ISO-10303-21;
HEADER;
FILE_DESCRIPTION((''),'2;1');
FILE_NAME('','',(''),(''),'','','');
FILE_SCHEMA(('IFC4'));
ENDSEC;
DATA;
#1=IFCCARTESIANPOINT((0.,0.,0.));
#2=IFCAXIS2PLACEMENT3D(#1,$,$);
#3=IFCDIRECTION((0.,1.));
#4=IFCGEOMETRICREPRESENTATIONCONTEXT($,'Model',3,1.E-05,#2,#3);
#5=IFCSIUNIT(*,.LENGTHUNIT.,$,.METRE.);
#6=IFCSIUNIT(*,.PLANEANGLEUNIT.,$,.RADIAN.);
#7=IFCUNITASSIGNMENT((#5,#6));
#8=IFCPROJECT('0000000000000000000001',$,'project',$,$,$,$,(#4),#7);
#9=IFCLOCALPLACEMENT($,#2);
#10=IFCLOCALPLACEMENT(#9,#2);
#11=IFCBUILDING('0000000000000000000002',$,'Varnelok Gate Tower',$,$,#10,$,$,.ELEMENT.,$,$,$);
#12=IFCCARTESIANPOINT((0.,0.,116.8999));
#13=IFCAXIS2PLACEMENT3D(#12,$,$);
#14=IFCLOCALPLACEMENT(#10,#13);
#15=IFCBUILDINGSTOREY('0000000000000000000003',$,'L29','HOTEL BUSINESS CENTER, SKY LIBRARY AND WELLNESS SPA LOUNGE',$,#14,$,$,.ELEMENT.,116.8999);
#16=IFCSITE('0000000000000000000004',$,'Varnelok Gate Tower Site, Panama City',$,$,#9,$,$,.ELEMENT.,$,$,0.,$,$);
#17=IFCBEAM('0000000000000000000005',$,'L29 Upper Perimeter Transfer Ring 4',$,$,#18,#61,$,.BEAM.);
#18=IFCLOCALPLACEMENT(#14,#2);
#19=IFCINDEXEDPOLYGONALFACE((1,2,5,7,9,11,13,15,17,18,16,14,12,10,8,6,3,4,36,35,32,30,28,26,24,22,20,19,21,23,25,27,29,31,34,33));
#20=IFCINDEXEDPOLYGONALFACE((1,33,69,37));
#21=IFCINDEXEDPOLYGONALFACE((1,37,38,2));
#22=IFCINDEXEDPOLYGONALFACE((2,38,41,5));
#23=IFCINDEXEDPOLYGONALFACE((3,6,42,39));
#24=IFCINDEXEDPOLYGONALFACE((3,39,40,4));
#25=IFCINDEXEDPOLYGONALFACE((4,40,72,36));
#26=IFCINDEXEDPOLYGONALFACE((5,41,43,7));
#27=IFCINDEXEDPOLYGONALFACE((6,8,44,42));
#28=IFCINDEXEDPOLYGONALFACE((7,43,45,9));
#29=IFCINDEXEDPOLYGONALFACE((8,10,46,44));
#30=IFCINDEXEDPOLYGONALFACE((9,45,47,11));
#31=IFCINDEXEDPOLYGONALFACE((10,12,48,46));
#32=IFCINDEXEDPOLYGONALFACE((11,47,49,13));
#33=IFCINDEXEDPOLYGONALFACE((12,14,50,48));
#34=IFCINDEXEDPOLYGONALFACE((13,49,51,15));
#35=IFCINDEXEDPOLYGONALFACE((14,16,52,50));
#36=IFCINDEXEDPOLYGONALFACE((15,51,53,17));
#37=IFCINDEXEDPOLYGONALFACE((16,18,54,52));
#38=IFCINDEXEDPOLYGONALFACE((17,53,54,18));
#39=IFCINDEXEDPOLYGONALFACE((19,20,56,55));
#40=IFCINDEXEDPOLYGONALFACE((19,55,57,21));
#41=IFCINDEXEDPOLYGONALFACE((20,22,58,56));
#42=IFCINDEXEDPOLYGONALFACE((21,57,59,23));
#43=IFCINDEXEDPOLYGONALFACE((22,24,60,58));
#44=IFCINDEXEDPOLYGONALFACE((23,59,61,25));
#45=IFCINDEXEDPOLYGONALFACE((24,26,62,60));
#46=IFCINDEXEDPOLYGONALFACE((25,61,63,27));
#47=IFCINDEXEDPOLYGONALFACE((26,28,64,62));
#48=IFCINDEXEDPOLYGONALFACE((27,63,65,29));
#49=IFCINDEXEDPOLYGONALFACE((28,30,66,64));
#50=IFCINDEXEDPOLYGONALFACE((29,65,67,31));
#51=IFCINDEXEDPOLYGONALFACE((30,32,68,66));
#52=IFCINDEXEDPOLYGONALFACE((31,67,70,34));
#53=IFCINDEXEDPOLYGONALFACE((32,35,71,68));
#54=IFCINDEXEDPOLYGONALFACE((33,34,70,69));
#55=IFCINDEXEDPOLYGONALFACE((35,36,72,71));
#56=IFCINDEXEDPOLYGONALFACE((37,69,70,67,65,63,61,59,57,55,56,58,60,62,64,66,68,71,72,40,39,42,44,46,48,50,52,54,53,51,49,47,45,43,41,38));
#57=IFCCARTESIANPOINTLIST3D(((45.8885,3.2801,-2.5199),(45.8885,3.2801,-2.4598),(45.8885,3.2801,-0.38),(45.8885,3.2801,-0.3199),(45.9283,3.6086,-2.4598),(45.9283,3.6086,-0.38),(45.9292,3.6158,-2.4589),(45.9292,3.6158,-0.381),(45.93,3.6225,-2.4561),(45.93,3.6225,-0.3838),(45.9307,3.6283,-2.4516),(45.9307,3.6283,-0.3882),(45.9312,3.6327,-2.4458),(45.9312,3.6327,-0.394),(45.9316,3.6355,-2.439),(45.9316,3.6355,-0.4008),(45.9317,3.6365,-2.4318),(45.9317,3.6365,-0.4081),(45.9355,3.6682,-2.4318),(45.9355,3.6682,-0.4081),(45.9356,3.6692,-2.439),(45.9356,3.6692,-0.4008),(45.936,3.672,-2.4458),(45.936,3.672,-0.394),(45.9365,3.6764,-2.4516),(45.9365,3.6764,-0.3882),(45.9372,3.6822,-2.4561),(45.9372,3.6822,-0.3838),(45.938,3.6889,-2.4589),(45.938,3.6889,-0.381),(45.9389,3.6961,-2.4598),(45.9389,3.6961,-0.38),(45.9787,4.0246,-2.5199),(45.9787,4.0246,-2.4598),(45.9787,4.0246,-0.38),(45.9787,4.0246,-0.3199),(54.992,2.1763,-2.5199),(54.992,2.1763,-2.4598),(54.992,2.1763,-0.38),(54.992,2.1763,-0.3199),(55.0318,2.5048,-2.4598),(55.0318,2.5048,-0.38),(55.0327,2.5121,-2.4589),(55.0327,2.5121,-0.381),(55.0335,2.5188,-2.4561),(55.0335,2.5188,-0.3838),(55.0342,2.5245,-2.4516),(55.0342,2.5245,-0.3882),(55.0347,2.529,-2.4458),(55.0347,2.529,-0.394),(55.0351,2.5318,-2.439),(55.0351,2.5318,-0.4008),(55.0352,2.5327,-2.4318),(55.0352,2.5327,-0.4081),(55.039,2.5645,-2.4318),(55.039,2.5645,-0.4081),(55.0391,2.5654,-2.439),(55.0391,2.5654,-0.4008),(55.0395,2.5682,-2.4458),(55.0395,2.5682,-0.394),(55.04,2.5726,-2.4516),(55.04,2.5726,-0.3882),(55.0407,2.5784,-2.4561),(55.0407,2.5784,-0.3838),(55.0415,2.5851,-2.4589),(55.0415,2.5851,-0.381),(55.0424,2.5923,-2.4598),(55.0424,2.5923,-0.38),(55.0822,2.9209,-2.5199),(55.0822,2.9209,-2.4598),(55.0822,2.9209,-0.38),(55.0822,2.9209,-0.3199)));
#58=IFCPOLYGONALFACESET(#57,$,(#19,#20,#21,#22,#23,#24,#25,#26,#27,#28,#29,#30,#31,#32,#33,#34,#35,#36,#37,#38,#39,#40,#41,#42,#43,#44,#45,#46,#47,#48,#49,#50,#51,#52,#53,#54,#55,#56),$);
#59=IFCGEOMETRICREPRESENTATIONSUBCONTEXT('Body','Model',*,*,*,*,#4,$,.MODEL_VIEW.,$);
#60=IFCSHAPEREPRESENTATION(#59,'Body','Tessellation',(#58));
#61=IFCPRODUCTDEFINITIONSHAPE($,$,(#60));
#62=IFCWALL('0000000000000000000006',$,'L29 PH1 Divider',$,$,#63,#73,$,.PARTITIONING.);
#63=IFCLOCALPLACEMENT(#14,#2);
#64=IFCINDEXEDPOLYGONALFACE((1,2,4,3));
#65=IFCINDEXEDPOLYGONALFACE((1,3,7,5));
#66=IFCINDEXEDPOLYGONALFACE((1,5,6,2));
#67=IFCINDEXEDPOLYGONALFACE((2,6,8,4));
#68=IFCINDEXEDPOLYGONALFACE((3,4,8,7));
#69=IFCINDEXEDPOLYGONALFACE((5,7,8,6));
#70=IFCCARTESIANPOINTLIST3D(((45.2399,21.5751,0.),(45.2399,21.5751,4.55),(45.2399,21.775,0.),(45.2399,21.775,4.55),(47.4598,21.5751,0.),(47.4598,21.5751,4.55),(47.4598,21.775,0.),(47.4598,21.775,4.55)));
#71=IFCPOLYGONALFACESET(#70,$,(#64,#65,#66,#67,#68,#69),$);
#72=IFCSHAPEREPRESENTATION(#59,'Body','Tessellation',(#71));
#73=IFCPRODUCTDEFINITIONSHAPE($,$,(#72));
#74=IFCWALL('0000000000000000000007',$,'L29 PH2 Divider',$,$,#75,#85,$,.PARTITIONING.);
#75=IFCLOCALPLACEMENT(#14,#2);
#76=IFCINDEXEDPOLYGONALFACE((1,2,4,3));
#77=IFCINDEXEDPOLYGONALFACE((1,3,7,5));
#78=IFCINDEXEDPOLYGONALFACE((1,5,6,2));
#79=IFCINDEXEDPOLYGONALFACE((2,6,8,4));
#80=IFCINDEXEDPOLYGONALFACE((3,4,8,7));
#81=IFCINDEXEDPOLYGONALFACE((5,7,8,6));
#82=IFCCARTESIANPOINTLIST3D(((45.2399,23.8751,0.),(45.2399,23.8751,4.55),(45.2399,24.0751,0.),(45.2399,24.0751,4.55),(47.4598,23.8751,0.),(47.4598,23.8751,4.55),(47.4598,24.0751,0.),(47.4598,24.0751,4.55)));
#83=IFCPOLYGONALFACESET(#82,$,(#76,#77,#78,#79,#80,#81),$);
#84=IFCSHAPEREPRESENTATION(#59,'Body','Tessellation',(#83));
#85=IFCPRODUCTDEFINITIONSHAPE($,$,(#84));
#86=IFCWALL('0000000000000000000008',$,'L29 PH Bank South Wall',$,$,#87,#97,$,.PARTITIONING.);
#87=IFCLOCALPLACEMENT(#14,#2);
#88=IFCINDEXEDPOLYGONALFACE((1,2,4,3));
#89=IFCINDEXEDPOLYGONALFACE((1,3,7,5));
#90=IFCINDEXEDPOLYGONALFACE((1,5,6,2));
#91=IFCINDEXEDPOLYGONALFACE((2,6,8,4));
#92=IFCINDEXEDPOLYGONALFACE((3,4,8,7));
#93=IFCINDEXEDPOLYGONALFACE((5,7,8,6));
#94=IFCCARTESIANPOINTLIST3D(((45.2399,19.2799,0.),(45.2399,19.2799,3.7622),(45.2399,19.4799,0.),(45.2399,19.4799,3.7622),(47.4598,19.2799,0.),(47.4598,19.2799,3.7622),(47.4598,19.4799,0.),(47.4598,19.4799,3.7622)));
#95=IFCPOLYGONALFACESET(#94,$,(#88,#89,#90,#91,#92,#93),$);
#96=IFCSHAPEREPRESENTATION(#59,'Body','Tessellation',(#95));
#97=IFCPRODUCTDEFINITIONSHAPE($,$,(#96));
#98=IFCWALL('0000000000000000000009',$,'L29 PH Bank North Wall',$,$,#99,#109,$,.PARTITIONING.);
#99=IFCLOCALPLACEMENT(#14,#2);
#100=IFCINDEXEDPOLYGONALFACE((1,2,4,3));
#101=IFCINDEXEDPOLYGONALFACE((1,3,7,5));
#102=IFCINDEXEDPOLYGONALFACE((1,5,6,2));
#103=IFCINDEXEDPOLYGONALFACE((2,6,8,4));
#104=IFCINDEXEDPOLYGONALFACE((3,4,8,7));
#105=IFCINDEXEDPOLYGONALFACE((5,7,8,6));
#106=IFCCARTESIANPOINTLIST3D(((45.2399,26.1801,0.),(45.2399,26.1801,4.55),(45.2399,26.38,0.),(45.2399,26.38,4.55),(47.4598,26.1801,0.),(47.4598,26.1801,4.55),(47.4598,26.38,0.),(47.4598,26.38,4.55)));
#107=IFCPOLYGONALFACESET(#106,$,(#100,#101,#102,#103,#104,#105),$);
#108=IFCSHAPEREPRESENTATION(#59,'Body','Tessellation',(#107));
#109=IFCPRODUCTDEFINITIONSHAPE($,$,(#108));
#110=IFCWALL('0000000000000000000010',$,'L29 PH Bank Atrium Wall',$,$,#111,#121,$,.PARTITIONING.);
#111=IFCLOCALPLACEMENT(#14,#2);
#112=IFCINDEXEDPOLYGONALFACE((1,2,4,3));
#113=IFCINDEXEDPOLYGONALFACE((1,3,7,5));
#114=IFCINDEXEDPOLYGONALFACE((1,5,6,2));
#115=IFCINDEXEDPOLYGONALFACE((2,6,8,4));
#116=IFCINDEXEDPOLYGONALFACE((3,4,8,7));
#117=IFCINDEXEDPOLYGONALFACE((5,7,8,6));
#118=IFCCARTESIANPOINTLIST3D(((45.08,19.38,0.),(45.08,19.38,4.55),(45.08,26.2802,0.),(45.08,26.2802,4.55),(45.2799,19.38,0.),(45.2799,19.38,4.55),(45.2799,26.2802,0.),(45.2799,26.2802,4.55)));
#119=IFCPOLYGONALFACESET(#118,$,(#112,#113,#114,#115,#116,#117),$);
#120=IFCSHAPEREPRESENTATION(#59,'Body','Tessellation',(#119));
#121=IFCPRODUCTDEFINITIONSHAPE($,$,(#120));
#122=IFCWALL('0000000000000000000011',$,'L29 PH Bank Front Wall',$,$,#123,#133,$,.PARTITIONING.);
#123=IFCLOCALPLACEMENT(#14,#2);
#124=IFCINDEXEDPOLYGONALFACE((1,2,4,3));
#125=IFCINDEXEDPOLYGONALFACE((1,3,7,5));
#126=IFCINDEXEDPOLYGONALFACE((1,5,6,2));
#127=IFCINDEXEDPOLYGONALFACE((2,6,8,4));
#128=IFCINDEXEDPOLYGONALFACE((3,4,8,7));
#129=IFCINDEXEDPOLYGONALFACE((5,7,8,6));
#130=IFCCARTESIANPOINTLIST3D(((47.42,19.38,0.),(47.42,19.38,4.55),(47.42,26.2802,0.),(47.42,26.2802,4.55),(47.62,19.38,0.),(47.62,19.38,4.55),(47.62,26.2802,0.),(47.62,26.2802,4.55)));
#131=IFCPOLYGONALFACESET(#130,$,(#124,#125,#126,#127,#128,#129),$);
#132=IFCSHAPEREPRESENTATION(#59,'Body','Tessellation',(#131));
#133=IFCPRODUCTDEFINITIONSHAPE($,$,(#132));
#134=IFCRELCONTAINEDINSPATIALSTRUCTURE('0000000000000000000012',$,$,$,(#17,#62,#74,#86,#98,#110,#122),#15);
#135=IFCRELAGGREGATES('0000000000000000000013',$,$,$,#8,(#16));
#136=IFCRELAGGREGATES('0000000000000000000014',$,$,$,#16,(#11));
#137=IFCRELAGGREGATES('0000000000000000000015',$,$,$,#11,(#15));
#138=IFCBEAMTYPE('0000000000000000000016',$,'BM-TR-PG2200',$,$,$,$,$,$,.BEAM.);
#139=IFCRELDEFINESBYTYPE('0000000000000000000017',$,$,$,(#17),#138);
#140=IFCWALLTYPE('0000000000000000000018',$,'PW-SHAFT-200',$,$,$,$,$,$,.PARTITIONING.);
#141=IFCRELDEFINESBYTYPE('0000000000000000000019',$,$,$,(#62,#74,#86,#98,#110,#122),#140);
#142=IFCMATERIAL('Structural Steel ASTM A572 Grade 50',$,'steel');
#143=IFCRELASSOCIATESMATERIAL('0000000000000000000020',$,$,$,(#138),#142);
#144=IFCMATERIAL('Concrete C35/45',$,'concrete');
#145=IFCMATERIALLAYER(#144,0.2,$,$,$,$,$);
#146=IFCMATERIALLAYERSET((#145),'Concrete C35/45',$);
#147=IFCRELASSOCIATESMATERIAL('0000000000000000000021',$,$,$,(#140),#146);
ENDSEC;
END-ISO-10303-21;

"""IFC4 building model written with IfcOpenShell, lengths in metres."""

from ifc_helpers import new_model, si_unit, direction, frame, frame_2d, origin, origin_2d, place, context, subcontext, project, spatial, rectangle, i_section, extrude, material, layer, layer_set, material_profile, profile_set, type_object, element, save


model = new_model("IFC4")

# Units and contexts
model_context = context("Model", 3, precision=1e-05, world=origin(), true_north=direction((0.0, 1.0)))
body_context = subcontext(model_context, "Body", "Model", "MODEL_VIEW")
ifc_project = project(units=[si_unit("LENGTHUNIT", "METRE"), si_unit("PLANEANGLEUNIT", "RADIAN")], contexts=[model_context])

# Site, building, storey
site_placement = place(None, origin())
site = spatial("IfcSite", under=ifc_project, at=site_placement, Name="Varnelok Gate Tower Site, Panama City", CompositionType="ELEMENT", RefElevation=0.0)
building_placement = place(site_placement, origin())
building = spatial("IfcBuilding", under=site, at=building_placement, Name="Varnelok Gate Tower", CompositionType="ELEMENT")
storey_placement = place(building_placement, frame((0.0, 0.0, 116.8999)))
storey = spatial("IfcBuildingStorey", under=building, at=storey_placement, Name="L29", Description="HOTEL BUSINESS CENTER, SKY LIBRARY AND WELLNESS SPA LOUNGE", CompositionType="ELEMENT", Elevation=116.8999)

# Beam
ifc_material_1 = material(Name="Structural Steel ASTM A572 Grade 50", Category="steel")
ifc_material_profile_1 = material_profile(ifc_material_1, i_section(OverallWidth=0.75, OverallDepth=2.2, WebThickness=0.032, FlangeThickness=0.0601, FilletRadius=0.0281, at=origin_2d()), Name="PG2200X750")
ifc_profile_set_1 = profile_set([ifc_material_profile_1], Name="Structural Steel ASTM A572 Grade 50")
beam_type_1 = type_object("IfcBeamType", Name="BM-TR-PG2200", PredefinedType="BEAM", material=ifc_profile_set_1)
beam_1_placement = place(storey_placement, frame((45.9336, 3.6523, -1.4199), z_axis=(0.99273, -0.120364, 0.0), x_axis=(0.120364, 0.99273, 0.0)))
element("IfcBeam", 1, at=beam_1_placement, inside=storey, type_object=beam_type_1, Name="L29 Upper Perimeter Transfer Ring 4", PredefinedType="BEAM", context=body_context, shape_type="SweptSolid", body=[
    extrude(i_section(OverallWidth=0.75, OverallDepth=2.2, WebThickness=0.032, FlangeThickness=0.0601, FilletRadius=0.0281, at=origin_2d()), origin(), (0.0, 0.0, 1.0), 9.1702),
])

# Walls
ifc_material_2 = material(Name="Concrete C35/45", Category="concrete")
ifc_layer = layer(ifc_material_2, 0.2)
ifc_layer_set = layer_set([ifc_layer], Name="Concrete C35/45")
wall_type = type_object("IfcWallType", Name="PW-SHAFT-200", PredefinedType="PARTITIONING", material=ifc_layer_set)
for number, where, z_axis, x_axis, name in (
    (2, (45.24, 21.675, 0.0), (0.0, 0.0, 1.0), (1.0, 0.0, 0.0), "L29 PH1 Divider"),
    (3, (45.24, 23.9751, 0.0), (0.0, 0.0, 1.0), (1.0, 0.0, 0.0), "L29 PH2 Divider"),
):
    element("IfcWall", number, at=place(storey_placement, frame(where, z_axis=z_axis, x_axis=x_axis)), inside=storey, type_object=wall_type, Name=name, PredefinedType="PARTITIONING", context=body_context, shape_type="SweptSolid", body=[
        extrude(rectangle(XDim=2.22, YDim=0.2, at=frame_2d((1.1099, 0.0))), origin(), (0.0, 0.0, 1.0), 4.55),
    ])
wall_1_placement = place(storey_placement, frame((45.24, 19.3799, 0.0), z_axis=(0.0, 0.0, 1.0), x_axis=(1.0, 0.0, 0.0)))
element("IfcWall", 4, at=wall_1_placement, inside=storey, type_object=wall_type, Name="L29 PH Bank South Wall", PredefinedType="PARTITIONING", context=body_context, shape_type="SweptSolid", body=[
    extrude(rectangle(XDim=2.22, YDim=0.2, at=frame_2d((1.1099, 0.0))), origin(), (0.0, 0.0, 1.0), 3.7622),
])
wall_2_placement = place(storey_placement, frame((45.24, 26.28, 0.0), z_axis=(0.0, 0.0, 1.0), x_axis=(1.0, 0.0, 0.0)))
element("IfcWall", 5, at=wall_2_placement, inside=storey, type_object=wall_type, Name="L29 PH Bank North Wall", PredefinedType="PARTITIONING", context=body_context, shape_type="SweptSolid", body=[
    extrude(rectangle(XDim=2.22, YDim=0.2, at=frame_2d((1.1099, 0.0))), origin(), (0.0, 0.0, 1.0), 4.55),
])
for number, where, z_axis, x_axis, name in (
    (6, (45.1799, 19.3799, 0.0), (0.0, 0.0, 1.0), (0.0, 1.0, 0.0), "L29 PH Bank Atrium Wall"),
    (7, (47.52, 19.3799, 0.0), (0.0, 0.0, 1.0), (0.0, 1.0, 0.0), "L29 PH Bank Front Wall"),
):
    element("IfcWall", number, at=place(storey_placement, frame(where, z_axis=z_axis, x_axis=x_axis)), inside=storey, type_object=wall_type, Name=name, PredefinedType="PARTITIONING", context=body_context, shape_type="SweptSolid", body=[
        extrude(rectangle(XDim=6.9001, YDim=0.2, at=frame_2d((3.4502, 0.0))), origin(), (0.0, 0.0, 1.0), 4.55),
    ])

save(model, "model.ifc")
